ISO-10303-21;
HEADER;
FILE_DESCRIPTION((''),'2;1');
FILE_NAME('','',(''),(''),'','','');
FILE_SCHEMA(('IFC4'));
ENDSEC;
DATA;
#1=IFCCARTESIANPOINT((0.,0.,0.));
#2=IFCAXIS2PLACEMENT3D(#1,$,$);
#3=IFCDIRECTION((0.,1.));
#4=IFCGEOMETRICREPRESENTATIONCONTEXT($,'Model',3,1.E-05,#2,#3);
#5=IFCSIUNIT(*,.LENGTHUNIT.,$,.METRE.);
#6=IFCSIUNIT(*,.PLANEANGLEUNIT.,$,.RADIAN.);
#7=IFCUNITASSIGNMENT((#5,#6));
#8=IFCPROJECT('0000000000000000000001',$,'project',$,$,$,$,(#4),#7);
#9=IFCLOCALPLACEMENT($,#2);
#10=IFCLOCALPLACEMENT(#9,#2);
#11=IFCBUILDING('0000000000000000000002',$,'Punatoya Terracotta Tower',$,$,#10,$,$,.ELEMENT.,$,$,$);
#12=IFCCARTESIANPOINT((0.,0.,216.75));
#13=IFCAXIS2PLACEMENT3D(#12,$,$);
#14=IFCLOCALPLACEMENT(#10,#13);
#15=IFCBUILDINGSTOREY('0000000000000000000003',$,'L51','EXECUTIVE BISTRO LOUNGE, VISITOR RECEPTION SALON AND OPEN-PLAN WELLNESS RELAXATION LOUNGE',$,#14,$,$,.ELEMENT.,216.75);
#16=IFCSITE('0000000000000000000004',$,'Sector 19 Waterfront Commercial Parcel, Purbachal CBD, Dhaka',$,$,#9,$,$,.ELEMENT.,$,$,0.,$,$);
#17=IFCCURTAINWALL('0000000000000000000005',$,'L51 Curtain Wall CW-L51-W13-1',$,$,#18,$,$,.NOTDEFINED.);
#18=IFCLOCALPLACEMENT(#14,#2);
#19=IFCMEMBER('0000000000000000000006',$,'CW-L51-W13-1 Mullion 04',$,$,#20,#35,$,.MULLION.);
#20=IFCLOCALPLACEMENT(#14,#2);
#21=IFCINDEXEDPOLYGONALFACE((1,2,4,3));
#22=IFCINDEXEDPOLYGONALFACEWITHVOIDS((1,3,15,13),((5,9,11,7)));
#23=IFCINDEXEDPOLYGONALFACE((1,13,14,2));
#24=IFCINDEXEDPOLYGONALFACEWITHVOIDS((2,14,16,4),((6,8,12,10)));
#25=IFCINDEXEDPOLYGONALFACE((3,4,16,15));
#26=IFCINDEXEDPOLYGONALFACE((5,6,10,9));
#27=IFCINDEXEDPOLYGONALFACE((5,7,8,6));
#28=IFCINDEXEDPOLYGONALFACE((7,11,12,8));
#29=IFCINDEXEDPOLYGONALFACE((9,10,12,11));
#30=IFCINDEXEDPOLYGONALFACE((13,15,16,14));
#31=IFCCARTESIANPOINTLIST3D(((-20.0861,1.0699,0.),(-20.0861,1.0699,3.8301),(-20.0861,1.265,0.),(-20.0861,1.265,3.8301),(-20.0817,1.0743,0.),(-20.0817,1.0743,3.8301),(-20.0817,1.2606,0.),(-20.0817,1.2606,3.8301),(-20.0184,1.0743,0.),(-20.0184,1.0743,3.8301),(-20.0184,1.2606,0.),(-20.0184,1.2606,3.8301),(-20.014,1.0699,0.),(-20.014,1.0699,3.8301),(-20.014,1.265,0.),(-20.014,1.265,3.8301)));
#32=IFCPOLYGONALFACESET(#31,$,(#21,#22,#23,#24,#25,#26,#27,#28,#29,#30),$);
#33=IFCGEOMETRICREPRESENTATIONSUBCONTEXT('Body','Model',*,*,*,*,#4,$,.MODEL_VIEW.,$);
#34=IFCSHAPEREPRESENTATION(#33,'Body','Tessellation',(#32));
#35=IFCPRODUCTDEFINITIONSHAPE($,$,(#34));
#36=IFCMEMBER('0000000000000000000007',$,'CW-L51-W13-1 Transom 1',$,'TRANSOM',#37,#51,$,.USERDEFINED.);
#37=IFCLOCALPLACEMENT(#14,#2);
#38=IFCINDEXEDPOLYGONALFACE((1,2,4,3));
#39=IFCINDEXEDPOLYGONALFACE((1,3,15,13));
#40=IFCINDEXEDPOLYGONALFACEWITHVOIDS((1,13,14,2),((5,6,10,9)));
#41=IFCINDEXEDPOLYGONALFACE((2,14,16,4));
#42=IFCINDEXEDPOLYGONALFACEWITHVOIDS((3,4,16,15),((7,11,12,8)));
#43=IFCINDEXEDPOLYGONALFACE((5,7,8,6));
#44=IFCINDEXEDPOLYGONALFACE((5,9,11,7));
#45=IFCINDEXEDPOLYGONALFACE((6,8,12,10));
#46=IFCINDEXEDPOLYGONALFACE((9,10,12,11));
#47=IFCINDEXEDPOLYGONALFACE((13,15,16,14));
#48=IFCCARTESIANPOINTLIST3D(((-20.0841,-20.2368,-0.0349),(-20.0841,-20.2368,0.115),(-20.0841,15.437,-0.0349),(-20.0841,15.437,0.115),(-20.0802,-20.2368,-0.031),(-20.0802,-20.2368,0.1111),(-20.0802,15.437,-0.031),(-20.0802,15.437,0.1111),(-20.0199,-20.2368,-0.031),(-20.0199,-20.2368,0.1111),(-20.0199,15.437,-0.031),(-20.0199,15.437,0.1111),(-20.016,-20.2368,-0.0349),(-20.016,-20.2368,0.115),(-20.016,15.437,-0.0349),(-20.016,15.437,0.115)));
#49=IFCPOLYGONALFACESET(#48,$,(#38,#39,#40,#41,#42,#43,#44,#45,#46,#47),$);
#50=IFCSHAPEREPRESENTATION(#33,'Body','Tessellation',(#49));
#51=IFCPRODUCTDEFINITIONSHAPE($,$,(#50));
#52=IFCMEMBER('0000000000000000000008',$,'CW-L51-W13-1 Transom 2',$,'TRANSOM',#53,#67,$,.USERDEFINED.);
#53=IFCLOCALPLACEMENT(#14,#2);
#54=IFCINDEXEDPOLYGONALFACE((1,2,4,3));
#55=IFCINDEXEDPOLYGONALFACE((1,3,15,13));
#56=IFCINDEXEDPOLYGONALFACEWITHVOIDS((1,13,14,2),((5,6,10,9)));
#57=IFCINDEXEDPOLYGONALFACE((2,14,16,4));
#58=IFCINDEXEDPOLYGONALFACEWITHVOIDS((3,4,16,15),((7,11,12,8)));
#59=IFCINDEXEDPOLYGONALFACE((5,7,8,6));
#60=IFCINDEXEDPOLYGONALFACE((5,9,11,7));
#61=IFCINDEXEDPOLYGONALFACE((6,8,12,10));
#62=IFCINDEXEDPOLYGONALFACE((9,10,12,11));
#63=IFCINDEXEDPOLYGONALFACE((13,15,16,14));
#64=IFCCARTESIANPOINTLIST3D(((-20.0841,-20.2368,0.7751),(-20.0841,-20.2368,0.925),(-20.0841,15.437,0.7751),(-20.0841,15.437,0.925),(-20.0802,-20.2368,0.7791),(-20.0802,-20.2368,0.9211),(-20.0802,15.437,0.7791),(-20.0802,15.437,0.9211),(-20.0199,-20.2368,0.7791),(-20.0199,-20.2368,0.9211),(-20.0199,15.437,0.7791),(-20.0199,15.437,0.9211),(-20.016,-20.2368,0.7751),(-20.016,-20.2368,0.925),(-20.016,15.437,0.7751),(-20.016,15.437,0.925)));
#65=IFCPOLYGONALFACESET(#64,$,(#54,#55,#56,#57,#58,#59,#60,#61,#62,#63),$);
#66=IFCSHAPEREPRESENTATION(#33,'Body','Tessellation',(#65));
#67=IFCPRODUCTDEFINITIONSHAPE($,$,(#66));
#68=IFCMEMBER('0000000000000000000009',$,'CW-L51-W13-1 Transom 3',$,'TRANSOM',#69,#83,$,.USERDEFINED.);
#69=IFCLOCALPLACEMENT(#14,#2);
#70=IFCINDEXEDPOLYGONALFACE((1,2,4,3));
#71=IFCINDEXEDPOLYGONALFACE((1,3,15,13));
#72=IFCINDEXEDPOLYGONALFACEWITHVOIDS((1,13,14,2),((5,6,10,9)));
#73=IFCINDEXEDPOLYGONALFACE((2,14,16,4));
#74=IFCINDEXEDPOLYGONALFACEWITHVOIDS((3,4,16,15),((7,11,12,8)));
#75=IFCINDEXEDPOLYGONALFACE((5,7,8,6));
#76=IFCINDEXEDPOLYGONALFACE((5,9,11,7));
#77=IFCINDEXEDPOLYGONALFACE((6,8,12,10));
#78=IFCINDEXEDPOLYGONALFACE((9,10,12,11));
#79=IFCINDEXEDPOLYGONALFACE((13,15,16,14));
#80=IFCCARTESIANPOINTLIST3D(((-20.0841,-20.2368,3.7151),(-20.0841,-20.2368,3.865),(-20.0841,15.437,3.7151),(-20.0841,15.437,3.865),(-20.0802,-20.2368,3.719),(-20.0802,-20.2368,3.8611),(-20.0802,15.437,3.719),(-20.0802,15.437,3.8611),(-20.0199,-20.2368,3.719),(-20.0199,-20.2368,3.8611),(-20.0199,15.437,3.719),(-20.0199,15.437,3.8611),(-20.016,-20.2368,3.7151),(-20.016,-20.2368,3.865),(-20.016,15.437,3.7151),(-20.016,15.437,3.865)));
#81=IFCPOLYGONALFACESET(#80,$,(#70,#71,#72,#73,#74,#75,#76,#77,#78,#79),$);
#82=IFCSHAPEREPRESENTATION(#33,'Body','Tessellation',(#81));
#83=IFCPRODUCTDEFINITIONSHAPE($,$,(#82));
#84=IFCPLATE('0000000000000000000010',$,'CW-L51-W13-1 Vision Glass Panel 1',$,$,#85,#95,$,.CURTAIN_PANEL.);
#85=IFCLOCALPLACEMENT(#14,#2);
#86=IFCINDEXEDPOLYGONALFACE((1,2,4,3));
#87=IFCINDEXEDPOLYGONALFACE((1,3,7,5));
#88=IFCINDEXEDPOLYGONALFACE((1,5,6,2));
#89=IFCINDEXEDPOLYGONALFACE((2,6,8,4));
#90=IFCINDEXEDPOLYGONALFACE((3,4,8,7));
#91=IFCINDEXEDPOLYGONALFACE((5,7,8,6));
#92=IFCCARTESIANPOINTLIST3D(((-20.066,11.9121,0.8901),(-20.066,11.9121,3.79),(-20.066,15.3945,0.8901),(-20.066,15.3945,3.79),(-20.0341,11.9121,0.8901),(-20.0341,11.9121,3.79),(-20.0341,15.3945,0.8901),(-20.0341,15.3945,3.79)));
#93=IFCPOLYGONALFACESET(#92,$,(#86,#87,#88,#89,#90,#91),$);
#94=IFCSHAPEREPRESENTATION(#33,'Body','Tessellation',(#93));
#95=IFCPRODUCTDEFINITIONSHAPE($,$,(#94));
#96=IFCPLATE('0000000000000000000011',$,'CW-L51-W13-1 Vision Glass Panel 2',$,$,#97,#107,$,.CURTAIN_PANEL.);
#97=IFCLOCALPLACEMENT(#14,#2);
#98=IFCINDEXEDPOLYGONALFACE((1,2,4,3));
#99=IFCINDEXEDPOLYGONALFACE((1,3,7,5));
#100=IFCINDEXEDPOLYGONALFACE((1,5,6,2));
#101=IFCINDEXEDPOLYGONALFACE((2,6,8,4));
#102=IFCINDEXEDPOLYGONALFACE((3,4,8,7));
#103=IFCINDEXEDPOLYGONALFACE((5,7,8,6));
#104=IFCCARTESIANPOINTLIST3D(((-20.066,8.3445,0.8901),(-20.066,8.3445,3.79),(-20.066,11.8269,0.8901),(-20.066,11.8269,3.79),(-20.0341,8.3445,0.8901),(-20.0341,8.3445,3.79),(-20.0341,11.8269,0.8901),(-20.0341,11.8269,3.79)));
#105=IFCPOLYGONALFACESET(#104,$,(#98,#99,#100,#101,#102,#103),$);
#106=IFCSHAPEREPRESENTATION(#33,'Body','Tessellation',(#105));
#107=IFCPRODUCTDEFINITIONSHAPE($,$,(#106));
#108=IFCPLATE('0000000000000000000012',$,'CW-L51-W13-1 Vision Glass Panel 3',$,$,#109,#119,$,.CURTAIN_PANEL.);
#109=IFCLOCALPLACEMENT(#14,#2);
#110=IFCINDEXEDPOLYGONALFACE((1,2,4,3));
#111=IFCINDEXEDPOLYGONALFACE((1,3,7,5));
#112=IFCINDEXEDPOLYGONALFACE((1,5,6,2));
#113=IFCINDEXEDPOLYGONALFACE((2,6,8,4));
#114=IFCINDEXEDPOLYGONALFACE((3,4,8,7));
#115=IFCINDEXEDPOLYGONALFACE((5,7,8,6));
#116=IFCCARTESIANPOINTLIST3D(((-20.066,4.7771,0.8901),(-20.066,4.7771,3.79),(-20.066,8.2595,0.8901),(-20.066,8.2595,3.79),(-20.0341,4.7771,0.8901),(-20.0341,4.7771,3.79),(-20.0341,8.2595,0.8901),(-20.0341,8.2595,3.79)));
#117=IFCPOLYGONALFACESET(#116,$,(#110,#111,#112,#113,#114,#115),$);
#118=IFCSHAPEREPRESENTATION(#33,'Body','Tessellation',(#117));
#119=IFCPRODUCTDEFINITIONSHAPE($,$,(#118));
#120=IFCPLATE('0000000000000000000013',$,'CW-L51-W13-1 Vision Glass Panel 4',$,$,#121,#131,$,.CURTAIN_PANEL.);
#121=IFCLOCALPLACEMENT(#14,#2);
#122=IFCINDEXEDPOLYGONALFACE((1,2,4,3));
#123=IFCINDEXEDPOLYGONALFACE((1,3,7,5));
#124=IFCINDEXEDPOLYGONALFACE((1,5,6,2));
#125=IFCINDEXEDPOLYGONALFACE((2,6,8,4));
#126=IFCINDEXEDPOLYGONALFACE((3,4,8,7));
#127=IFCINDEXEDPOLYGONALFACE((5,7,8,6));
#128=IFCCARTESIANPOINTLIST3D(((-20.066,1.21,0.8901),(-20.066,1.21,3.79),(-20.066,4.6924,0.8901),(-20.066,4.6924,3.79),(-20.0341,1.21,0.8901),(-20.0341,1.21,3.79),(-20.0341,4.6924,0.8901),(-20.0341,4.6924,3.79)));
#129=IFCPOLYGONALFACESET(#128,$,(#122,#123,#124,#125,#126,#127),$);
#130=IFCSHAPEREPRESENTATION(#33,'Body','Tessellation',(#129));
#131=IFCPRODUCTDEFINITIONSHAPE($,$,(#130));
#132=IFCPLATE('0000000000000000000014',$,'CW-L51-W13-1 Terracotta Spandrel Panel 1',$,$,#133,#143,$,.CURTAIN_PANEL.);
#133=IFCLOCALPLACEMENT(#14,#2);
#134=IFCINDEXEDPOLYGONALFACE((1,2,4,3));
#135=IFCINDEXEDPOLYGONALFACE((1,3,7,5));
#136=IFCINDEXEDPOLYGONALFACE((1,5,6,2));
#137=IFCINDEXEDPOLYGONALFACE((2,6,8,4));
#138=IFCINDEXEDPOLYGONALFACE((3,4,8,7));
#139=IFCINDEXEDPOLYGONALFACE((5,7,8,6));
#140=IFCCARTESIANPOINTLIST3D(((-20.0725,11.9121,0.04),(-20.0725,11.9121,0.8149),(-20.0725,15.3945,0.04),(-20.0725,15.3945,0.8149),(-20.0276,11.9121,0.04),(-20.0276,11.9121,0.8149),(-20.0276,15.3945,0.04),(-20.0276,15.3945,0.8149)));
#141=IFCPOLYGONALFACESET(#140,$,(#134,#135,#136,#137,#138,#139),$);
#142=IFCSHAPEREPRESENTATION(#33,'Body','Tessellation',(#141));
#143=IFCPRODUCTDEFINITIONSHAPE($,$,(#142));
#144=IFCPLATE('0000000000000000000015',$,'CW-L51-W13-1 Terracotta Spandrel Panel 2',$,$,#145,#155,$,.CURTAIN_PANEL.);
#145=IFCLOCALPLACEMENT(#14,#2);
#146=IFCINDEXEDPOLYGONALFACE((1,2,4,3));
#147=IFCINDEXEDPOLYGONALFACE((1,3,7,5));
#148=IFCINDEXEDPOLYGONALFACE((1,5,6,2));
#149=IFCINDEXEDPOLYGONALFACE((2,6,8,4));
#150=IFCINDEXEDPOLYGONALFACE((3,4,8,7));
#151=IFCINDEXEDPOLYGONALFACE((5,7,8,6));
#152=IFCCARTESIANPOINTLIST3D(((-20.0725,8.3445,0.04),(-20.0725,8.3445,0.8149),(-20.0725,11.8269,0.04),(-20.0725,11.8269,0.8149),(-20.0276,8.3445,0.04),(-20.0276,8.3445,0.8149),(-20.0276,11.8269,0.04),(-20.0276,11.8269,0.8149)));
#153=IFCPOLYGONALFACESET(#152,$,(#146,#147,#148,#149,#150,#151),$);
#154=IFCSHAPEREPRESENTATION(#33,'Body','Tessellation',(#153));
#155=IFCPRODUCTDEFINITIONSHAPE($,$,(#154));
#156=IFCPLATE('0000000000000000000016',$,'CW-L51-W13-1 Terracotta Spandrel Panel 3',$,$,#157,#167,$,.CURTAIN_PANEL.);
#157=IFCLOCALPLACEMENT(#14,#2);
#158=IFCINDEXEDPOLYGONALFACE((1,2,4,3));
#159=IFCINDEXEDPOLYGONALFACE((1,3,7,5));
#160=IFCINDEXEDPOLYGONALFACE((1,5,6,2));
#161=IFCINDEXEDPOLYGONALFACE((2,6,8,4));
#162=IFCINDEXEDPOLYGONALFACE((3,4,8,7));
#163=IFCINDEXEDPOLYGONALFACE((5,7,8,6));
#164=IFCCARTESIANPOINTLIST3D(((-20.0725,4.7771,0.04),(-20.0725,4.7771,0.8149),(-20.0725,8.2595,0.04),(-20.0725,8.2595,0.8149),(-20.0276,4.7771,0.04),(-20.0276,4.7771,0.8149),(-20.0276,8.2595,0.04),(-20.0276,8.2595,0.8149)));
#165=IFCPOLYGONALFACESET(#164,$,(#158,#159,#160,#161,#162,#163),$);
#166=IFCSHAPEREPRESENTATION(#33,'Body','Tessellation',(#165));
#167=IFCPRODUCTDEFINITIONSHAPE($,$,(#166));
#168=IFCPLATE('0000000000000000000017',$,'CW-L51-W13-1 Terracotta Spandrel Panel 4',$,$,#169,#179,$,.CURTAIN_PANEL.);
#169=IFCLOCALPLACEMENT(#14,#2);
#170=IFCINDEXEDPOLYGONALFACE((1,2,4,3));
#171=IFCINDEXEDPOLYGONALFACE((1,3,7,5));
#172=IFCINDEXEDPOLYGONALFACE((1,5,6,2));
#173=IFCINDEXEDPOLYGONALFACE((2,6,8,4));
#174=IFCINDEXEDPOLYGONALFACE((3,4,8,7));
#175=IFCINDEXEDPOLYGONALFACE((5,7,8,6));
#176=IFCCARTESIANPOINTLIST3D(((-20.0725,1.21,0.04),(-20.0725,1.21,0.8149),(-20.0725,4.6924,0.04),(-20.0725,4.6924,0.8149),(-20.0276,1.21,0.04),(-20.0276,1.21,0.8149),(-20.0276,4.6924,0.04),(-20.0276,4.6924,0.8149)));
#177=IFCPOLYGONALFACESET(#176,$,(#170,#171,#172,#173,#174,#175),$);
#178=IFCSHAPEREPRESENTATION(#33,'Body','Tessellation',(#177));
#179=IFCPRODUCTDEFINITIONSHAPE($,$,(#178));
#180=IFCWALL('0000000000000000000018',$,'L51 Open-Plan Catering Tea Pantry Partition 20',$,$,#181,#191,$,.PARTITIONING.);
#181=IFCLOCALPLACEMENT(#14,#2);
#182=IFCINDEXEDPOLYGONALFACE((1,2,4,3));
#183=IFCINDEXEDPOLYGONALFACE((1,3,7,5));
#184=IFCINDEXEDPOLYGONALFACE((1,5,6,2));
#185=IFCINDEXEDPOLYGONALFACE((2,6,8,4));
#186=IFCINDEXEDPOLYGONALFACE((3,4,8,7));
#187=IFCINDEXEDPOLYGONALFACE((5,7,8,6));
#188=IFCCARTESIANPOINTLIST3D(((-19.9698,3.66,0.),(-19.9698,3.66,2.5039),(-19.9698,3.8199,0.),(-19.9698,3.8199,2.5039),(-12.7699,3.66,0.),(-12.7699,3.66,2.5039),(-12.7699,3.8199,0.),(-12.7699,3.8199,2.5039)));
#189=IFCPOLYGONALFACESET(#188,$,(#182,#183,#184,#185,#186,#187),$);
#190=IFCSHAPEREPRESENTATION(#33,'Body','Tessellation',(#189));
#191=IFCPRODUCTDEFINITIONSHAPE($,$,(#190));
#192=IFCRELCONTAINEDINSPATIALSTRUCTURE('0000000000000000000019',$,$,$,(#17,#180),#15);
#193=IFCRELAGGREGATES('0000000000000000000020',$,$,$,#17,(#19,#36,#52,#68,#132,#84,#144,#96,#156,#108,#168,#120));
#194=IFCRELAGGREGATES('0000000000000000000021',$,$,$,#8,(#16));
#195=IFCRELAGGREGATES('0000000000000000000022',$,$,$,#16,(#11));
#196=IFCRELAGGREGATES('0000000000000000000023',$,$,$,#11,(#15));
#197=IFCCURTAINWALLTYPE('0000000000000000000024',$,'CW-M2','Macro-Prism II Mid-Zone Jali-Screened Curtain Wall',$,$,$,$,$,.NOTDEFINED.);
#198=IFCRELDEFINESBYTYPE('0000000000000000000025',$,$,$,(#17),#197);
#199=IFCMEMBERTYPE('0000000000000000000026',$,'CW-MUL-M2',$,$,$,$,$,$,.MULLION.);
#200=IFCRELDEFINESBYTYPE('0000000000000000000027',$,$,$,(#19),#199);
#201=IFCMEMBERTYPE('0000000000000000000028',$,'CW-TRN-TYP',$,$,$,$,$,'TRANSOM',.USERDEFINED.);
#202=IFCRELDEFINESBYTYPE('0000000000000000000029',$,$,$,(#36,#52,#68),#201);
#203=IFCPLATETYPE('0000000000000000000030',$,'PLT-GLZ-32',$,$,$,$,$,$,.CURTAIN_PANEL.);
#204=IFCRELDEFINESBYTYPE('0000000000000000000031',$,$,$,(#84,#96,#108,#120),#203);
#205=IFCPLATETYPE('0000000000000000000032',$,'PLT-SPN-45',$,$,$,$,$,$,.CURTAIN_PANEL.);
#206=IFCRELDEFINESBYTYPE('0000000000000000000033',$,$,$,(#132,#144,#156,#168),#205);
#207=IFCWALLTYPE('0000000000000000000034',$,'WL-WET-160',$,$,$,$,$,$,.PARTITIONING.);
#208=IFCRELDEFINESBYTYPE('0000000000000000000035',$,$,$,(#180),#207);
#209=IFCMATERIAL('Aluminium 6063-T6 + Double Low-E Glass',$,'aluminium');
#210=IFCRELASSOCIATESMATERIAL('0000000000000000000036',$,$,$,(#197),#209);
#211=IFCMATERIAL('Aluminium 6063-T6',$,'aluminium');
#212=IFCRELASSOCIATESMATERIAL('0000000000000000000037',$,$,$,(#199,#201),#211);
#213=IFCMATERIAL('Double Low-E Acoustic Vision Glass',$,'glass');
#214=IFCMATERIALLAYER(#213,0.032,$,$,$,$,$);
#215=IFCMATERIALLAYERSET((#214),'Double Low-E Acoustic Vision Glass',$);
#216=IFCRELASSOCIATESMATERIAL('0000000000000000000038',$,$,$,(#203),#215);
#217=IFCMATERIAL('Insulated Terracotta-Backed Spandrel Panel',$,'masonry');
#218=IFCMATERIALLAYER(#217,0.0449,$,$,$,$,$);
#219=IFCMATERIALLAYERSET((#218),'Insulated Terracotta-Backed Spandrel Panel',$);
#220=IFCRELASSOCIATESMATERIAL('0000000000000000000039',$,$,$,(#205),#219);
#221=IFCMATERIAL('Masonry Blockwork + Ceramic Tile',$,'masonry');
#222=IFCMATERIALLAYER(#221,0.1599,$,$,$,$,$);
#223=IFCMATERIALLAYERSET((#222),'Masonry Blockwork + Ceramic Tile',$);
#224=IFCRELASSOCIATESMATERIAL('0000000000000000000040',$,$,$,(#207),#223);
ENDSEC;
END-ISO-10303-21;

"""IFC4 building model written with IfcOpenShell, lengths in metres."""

from ifc_helpers import new_model, si_unit, direction, frame, frame_2d, origin, origin_2d, place, context, subcontext, project, spatial, rectangle, hollow_rectangle, extrude, material, layer, layer_set, material_profile, profile_set, type_object, element, aggregate, save


model = new_model("IFC4")

# Units and contexts
model_context = context("Model", 3, precision=1e-05, world=origin(), true_north=direction((0.0, 1.0)))
body_context = subcontext(model_context, "Body", "Model", "MODEL_VIEW")
ifc_project = project(units=[si_unit("LENGTHUNIT", "METRE"), si_unit("PLANEANGLEUNIT", "RADIAN")], contexts=[model_context])

# Site, building, storey
site_placement = place(None, origin())
site = spatial("IfcSite", under=ifc_project, at=site_placement, Name="Sector 19 Waterfront Commercial Parcel, Purbachal CBD, Dhaka", CompositionType="ELEMENT", RefElevation=0.0)
building_placement = place(site_placement, origin())
building = spatial("IfcBuilding", under=site, at=building_placement, Name="Punatoya Terracotta Tower", CompositionType="ELEMENT")
storey_placement = place(building_placement, frame((0.0, 0.0, 216.75)))
storey = spatial("IfcBuildingStorey", under=building, at=storey_placement, Name="L51", Description="EXECUTIVE BISTRO LOUNGE, VISITOR RECEPTION SALON AND OPEN-PLAN WELLNESS RELAXATION LOUNGE", CompositionType="ELEMENT", Elevation=216.75)

# Shared definitions
ifc_material_1 = material(Name="Aluminium 6063-T6 + Double Low-E Glass", Category="aluminium")
curtain_wall_type = type_object("IfcCurtainWallType", Name="CW-M2", Description="Macro-Prism II Mid-Zone Jali-Screened Curtain Wall", PredefinedType="NOTDEFINED", material=ifc_material_1)
ifc_material_2 = material(Name="Aluminium 6063-T6", Category="aluminium")
ifc_material_profile_1 = material_profile(ifc_material_2, hollow_rectangle(XDim=0.072, YDim=0.1951, WallThickness=0.0044, at=origin_2d()))
ifc_profile_set_1 = profile_set([ifc_material_profile_1], Name="Aluminium 6063-T6")
member_type_1 = type_object("IfcMemberType", Name="CW-MUL-M2", PredefinedType="MULLION", material=ifc_profile_set_1)

# Curtain wall, members, plates
curtain_wall_1_placement = place(storey_placement, origin())
curtain_wall_1 = element("IfcCurtainWall", 1, at=curtain_wall_1_placement, inside=storey, type_object=curtain_wall_type, Name="L51 Curtain Wall CW-L51-W13-1", PredefinedType="NOTDEFINED")
member_1_placement = place(storey_placement, frame((-20.05, 1.1675, 0.0), z_axis=(0.0, 0.0, 1.0), x_axis=(1.0, 0.0, 0.0)))
member_1 = element("IfcMember", 2, at=member_1_placement, type_object=member_type_1, Name="CW-L51-W13-1 Mullion 04", PredefinedType="MULLION", context=body_context, shape_type="SweptSolid", body=[
    extrude(hollow_rectangle(XDim=0.072, YDim=0.1951, WallThickness=0.0044, at=origin_2d()), origin(), (0.0, 0.0, 1.0), 3.8301),
])
ifc_material_profile_2 = material_profile(ifc_material_2, hollow_rectangle(XDim=0.0681, YDim=0.1499, WallThickness=0.0039, at=origin_2d()))
ifc_profile_set_2 = profile_set([ifc_material_profile_2], Name="Aluminium 6063-T6")
member_type_2 = type_object("IfcMemberType", Name="CW-TRN-TYP", ElementType="TRANSOM", PredefinedType="USERDEFINED", material=ifc_profile_set_2)
member_2_placement = place(storey_placement, frame((-20.05, 15.437, 0.04), z_axis=(0.0, -1.0, 0.0), x_axis=(1.0, 0.0, 0.0)))
member_2 = element("IfcMember", 3, at=member_2_placement, type_object=member_type_2, Name="CW-L51-W13-1 Transom 1", ObjectType="TRANSOM", PredefinedType="USERDEFINED", context=body_context, shape_type="SweptSolid", body=[
    extrude(hollow_rectangle(XDim=0.0681, YDim=0.1499, WallThickness=0.0039, at=origin_2d()), origin(), (0.0, 0.0, 1.0), 35.6738),
])
member_3_placement = place(storey_placement, frame((-20.05, 15.437, 0.8501), z_axis=(0.0, -1.0, 0.0), x_axis=(1.0, 0.0, 0.0)))
member_3 = element("IfcMember", 4, at=member_3_placement, type_object=member_type_2, Name="CW-L51-W13-1 Transom 2", ObjectType="TRANSOM", PredefinedType="USERDEFINED", context=body_context, shape_type="SweptSolid", body=[
    extrude(hollow_rectangle(XDim=0.0681, YDim=0.1499, WallThickness=0.0039, at=origin_2d()), origin(), (0.0, 0.0, 1.0), 35.6738),
])
member_4_placement = place(storey_placement, frame((-20.05, 15.437, 3.79), z_axis=(0.0, -1.0, 0.0), x_axis=(1.0, 0.0, 0.0)))
member_4 = element("IfcMember", 5, at=member_4_placement, type_object=member_type_2, Name="CW-L51-W13-1 Transom 3", ObjectType="TRANSOM", PredefinedType="USERDEFINED", context=body_context, shape_type="SweptSolid", body=[
    extrude(hollow_rectangle(XDim=0.0681, YDim=0.1499, WallThickness=0.0039, at=origin_2d()), origin(), (0.0, 0.0, 1.0), 35.6738),
])
ifc_material_3 = material(Name="Double Low-E Acoustic Vision Glass", Category="glass")
ifc_layer_1 = layer(ifc_material_3, 0.032)
ifc_layer_set_1 = layer_set([ifc_layer_1], Name="Double Low-E Acoustic Vision Glass")
plate_type_1 = type_object("IfcPlateType", Name="PLT-GLZ-32", PredefinedType="CURTAIN_PANEL", material=ifc_layer_set_1)
plate_1_placement = place(storey_placement, frame((-20.05, 13.6533, 0.8901), z_axis=(0.0, 0.0, 1.0), x_axis=(0.0, -1.0, 0.0)))
plate_1 = element("IfcPlate", 6, at=plate_1_placement, type_object=plate_type_1, Name="CW-L51-W13-1 Vision Glass Panel 1", PredefinedType="CURTAIN_PANEL", context=body_context, shape_type="SweptSolid", body=[
    extrude(rectangle(XDim=3.4824, YDim=0.032, at=origin_2d()), origin(), (0.0, 0.0, 1.0), 2.8999),
])
plate_2_placement = place(storey_placement, frame((-20.05, 10.0857, 0.8901), z_axis=(0.0, 0.0, 1.0), x_axis=(0.0, -1.0, 0.0)))
plate_2 = element("IfcPlate", 7, at=plate_2_placement, type_object=plate_type_1, Name="CW-L51-W13-1 Vision Glass Panel 2", PredefinedType="CURTAIN_PANEL", context=body_context, shape_type="SweptSolid", body=[
    extrude(rectangle(XDim=3.4824, YDim=0.032, at=origin_2d()), origin(), (0.0, 0.0, 1.0), 2.8999),
])
plate_3_placement = place(storey_placement, frame((-20.05, 6.5183, 0.8901), z_axis=(0.0, 0.0, 1.0), x_axis=(0.0, -1.0, 0.0)))
plate_3 = element("IfcPlate", 8, at=plate_3_placement, type_object=plate_type_1, Name="CW-L51-W13-1 Vision Glass Panel 3", PredefinedType="CURTAIN_PANEL", context=body_context, shape_type="SweptSolid", body=[
    extrude(rectangle(XDim=3.4824, YDim=0.032, at=origin_2d()), origin(), (0.0, 0.0, 1.0), 2.8999),
])
plate_4_placement = place(storey_placement, frame((-20.05, 2.9512, 0.8901), z_axis=(0.0, 0.0, 1.0), x_axis=(0.0, -1.0, 0.0)))
plate_4 = element("IfcPlate", 9, at=plate_4_placement, type_object=plate_type_1, Name="CW-L51-W13-1 Vision Glass Panel 4", PredefinedType="CURTAIN_PANEL", context=body_context, shape_type="SweptSolid", body=[
    extrude(rectangle(XDim=3.4824, YDim=0.032, at=origin_2d()), origin(), (0.0, 0.0, 1.0), 2.8999),
])
ifc_material_4 = material(Name="Insulated Terracotta-Backed Spandrel Panel", Category="masonry")
ifc_layer_2 = layer(ifc_material_4, 0.0449)
ifc_layer_set_2 = layer_set([ifc_layer_2], Name="Insulated Terracotta-Backed Spandrel Panel")
plate_type_2 = type_object("IfcPlateType", Name="PLT-SPN-45", PredefinedType="CURTAIN_PANEL", material=ifc_layer_set_2)
plate_5_placement = place(storey_placement, frame((-20.05, 13.6533, 0.04), z_axis=(0.0, 0.0, 1.0), x_axis=(0.0, -1.0, 0.0)))
plate_5 = element("IfcPlate", 10, at=plate_5_placement, type_object=plate_type_2, Name="CW-L51-W13-1 Terracotta Spandrel Panel 1", PredefinedType="CURTAIN_PANEL", context=body_context, shape_type="SweptSolid", body=[
    extrude(rectangle(XDim=3.4824, YDim=0.0449, at=origin_2d()), origin(), (0.0, 0.0, 1.0), 0.7749),
])
plate_6_placement = place(storey_placement, frame((-20.05, 10.0857, 0.04), z_axis=(0.0, 0.0, 1.0), x_axis=(0.0, -1.0, 0.0)))
plate_6 = element("IfcPlate", 11, at=plate_6_placement, type_object=plate_type_2, Name="CW-L51-W13-1 Terracotta Spandrel Panel 2", PredefinedType="CURTAIN_PANEL", context=body_context, shape_type="SweptSolid", body=[
    extrude(rectangle(XDim=3.4824, YDim=0.0449, at=origin_2d()), origin(), (0.0, 0.0, 1.0), 0.7749),
])
plate_7_placement = place(storey_placement, frame((-20.05, 6.5183, 0.04), z_axis=(0.0, 0.0, 1.0), x_axis=(0.0, -1.0, 0.0)))
plate_7 = element("IfcPlate", 12, at=plate_7_placement, type_object=plate_type_2, Name="CW-L51-W13-1 Terracotta Spandrel Panel 3", PredefinedType="CURTAIN_PANEL", context=body_context, shape_type="SweptSolid", body=[
    extrude(rectangle(XDim=3.4824, YDim=0.0449, at=origin_2d()), origin(), (0.0, 0.0, 1.0), 0.7749),
])
plate_8_placement = place(storey_placement, frame((-20.05, 2.9512, 0.04), z_axis=(0.0, 0.0, 1.0), x_axis=(0.0, -1.0, 0.0)))
plate_8 = element("IfcPlate", 13, at=plate_8_placement, type_object=plate_type_2, Name="CW-L51-W13-1 Terracotta Spandrel Panel 4", PredefinedType="CURTAIN_PANEL", context=body_context, shape_type="SweptSolid", body=[
    extrude(rectangle(XDim=3.4824, YDim=0.0449, at=origin_2d()), origin(), (0.0, 0.0, 1.0), 0.7749),
])
aggregate(curtain_wall_1, [member_1, member_2, member_3, member_4, plate_5, plate_1, plate_6, plate_2, plate_7, plate_3, plate_8, plate_4])

# Wall
ifc_material_5 = material(Name="Masonry Blockwork + Ceramic Tile", Category="masonry")
ifc_layer_3 = layer(ifc_material_5, 0.1599)
ifc_layer_set_3 = layer_set([ifc_layer_3], Name="Masonry Blockwork + Ceramic Tile")
wall_type = type_object("IfcWallType", Name="WL-WET-160", PredefinedType="PARTITIONING", material=ifc_layer_set_3)
wall_placement = place(storey_placement, frame((-19.97, 3.74, 0.0), z_axis=(0.0, 0.0, 1.0), x_axis=(1.0, 0.0, 0.0)))
element("IfcWall", 14, at=wall_placement, inside=storey, type_object=wall_type, Name="L51 Open-Plan Catering Tea Pantry Partition 20", PredefinedType="PARTITIONING", context=body_context, shape_type="SweptSolid", body=[
    extrude(rectangle(XDim=7.2, YDim=0.1599, at=frame_2d((3.6001, 0.0))), origin(), (0.0, 0.0, 1.0), 2.5039),
])

save(model, "model.ifc")
